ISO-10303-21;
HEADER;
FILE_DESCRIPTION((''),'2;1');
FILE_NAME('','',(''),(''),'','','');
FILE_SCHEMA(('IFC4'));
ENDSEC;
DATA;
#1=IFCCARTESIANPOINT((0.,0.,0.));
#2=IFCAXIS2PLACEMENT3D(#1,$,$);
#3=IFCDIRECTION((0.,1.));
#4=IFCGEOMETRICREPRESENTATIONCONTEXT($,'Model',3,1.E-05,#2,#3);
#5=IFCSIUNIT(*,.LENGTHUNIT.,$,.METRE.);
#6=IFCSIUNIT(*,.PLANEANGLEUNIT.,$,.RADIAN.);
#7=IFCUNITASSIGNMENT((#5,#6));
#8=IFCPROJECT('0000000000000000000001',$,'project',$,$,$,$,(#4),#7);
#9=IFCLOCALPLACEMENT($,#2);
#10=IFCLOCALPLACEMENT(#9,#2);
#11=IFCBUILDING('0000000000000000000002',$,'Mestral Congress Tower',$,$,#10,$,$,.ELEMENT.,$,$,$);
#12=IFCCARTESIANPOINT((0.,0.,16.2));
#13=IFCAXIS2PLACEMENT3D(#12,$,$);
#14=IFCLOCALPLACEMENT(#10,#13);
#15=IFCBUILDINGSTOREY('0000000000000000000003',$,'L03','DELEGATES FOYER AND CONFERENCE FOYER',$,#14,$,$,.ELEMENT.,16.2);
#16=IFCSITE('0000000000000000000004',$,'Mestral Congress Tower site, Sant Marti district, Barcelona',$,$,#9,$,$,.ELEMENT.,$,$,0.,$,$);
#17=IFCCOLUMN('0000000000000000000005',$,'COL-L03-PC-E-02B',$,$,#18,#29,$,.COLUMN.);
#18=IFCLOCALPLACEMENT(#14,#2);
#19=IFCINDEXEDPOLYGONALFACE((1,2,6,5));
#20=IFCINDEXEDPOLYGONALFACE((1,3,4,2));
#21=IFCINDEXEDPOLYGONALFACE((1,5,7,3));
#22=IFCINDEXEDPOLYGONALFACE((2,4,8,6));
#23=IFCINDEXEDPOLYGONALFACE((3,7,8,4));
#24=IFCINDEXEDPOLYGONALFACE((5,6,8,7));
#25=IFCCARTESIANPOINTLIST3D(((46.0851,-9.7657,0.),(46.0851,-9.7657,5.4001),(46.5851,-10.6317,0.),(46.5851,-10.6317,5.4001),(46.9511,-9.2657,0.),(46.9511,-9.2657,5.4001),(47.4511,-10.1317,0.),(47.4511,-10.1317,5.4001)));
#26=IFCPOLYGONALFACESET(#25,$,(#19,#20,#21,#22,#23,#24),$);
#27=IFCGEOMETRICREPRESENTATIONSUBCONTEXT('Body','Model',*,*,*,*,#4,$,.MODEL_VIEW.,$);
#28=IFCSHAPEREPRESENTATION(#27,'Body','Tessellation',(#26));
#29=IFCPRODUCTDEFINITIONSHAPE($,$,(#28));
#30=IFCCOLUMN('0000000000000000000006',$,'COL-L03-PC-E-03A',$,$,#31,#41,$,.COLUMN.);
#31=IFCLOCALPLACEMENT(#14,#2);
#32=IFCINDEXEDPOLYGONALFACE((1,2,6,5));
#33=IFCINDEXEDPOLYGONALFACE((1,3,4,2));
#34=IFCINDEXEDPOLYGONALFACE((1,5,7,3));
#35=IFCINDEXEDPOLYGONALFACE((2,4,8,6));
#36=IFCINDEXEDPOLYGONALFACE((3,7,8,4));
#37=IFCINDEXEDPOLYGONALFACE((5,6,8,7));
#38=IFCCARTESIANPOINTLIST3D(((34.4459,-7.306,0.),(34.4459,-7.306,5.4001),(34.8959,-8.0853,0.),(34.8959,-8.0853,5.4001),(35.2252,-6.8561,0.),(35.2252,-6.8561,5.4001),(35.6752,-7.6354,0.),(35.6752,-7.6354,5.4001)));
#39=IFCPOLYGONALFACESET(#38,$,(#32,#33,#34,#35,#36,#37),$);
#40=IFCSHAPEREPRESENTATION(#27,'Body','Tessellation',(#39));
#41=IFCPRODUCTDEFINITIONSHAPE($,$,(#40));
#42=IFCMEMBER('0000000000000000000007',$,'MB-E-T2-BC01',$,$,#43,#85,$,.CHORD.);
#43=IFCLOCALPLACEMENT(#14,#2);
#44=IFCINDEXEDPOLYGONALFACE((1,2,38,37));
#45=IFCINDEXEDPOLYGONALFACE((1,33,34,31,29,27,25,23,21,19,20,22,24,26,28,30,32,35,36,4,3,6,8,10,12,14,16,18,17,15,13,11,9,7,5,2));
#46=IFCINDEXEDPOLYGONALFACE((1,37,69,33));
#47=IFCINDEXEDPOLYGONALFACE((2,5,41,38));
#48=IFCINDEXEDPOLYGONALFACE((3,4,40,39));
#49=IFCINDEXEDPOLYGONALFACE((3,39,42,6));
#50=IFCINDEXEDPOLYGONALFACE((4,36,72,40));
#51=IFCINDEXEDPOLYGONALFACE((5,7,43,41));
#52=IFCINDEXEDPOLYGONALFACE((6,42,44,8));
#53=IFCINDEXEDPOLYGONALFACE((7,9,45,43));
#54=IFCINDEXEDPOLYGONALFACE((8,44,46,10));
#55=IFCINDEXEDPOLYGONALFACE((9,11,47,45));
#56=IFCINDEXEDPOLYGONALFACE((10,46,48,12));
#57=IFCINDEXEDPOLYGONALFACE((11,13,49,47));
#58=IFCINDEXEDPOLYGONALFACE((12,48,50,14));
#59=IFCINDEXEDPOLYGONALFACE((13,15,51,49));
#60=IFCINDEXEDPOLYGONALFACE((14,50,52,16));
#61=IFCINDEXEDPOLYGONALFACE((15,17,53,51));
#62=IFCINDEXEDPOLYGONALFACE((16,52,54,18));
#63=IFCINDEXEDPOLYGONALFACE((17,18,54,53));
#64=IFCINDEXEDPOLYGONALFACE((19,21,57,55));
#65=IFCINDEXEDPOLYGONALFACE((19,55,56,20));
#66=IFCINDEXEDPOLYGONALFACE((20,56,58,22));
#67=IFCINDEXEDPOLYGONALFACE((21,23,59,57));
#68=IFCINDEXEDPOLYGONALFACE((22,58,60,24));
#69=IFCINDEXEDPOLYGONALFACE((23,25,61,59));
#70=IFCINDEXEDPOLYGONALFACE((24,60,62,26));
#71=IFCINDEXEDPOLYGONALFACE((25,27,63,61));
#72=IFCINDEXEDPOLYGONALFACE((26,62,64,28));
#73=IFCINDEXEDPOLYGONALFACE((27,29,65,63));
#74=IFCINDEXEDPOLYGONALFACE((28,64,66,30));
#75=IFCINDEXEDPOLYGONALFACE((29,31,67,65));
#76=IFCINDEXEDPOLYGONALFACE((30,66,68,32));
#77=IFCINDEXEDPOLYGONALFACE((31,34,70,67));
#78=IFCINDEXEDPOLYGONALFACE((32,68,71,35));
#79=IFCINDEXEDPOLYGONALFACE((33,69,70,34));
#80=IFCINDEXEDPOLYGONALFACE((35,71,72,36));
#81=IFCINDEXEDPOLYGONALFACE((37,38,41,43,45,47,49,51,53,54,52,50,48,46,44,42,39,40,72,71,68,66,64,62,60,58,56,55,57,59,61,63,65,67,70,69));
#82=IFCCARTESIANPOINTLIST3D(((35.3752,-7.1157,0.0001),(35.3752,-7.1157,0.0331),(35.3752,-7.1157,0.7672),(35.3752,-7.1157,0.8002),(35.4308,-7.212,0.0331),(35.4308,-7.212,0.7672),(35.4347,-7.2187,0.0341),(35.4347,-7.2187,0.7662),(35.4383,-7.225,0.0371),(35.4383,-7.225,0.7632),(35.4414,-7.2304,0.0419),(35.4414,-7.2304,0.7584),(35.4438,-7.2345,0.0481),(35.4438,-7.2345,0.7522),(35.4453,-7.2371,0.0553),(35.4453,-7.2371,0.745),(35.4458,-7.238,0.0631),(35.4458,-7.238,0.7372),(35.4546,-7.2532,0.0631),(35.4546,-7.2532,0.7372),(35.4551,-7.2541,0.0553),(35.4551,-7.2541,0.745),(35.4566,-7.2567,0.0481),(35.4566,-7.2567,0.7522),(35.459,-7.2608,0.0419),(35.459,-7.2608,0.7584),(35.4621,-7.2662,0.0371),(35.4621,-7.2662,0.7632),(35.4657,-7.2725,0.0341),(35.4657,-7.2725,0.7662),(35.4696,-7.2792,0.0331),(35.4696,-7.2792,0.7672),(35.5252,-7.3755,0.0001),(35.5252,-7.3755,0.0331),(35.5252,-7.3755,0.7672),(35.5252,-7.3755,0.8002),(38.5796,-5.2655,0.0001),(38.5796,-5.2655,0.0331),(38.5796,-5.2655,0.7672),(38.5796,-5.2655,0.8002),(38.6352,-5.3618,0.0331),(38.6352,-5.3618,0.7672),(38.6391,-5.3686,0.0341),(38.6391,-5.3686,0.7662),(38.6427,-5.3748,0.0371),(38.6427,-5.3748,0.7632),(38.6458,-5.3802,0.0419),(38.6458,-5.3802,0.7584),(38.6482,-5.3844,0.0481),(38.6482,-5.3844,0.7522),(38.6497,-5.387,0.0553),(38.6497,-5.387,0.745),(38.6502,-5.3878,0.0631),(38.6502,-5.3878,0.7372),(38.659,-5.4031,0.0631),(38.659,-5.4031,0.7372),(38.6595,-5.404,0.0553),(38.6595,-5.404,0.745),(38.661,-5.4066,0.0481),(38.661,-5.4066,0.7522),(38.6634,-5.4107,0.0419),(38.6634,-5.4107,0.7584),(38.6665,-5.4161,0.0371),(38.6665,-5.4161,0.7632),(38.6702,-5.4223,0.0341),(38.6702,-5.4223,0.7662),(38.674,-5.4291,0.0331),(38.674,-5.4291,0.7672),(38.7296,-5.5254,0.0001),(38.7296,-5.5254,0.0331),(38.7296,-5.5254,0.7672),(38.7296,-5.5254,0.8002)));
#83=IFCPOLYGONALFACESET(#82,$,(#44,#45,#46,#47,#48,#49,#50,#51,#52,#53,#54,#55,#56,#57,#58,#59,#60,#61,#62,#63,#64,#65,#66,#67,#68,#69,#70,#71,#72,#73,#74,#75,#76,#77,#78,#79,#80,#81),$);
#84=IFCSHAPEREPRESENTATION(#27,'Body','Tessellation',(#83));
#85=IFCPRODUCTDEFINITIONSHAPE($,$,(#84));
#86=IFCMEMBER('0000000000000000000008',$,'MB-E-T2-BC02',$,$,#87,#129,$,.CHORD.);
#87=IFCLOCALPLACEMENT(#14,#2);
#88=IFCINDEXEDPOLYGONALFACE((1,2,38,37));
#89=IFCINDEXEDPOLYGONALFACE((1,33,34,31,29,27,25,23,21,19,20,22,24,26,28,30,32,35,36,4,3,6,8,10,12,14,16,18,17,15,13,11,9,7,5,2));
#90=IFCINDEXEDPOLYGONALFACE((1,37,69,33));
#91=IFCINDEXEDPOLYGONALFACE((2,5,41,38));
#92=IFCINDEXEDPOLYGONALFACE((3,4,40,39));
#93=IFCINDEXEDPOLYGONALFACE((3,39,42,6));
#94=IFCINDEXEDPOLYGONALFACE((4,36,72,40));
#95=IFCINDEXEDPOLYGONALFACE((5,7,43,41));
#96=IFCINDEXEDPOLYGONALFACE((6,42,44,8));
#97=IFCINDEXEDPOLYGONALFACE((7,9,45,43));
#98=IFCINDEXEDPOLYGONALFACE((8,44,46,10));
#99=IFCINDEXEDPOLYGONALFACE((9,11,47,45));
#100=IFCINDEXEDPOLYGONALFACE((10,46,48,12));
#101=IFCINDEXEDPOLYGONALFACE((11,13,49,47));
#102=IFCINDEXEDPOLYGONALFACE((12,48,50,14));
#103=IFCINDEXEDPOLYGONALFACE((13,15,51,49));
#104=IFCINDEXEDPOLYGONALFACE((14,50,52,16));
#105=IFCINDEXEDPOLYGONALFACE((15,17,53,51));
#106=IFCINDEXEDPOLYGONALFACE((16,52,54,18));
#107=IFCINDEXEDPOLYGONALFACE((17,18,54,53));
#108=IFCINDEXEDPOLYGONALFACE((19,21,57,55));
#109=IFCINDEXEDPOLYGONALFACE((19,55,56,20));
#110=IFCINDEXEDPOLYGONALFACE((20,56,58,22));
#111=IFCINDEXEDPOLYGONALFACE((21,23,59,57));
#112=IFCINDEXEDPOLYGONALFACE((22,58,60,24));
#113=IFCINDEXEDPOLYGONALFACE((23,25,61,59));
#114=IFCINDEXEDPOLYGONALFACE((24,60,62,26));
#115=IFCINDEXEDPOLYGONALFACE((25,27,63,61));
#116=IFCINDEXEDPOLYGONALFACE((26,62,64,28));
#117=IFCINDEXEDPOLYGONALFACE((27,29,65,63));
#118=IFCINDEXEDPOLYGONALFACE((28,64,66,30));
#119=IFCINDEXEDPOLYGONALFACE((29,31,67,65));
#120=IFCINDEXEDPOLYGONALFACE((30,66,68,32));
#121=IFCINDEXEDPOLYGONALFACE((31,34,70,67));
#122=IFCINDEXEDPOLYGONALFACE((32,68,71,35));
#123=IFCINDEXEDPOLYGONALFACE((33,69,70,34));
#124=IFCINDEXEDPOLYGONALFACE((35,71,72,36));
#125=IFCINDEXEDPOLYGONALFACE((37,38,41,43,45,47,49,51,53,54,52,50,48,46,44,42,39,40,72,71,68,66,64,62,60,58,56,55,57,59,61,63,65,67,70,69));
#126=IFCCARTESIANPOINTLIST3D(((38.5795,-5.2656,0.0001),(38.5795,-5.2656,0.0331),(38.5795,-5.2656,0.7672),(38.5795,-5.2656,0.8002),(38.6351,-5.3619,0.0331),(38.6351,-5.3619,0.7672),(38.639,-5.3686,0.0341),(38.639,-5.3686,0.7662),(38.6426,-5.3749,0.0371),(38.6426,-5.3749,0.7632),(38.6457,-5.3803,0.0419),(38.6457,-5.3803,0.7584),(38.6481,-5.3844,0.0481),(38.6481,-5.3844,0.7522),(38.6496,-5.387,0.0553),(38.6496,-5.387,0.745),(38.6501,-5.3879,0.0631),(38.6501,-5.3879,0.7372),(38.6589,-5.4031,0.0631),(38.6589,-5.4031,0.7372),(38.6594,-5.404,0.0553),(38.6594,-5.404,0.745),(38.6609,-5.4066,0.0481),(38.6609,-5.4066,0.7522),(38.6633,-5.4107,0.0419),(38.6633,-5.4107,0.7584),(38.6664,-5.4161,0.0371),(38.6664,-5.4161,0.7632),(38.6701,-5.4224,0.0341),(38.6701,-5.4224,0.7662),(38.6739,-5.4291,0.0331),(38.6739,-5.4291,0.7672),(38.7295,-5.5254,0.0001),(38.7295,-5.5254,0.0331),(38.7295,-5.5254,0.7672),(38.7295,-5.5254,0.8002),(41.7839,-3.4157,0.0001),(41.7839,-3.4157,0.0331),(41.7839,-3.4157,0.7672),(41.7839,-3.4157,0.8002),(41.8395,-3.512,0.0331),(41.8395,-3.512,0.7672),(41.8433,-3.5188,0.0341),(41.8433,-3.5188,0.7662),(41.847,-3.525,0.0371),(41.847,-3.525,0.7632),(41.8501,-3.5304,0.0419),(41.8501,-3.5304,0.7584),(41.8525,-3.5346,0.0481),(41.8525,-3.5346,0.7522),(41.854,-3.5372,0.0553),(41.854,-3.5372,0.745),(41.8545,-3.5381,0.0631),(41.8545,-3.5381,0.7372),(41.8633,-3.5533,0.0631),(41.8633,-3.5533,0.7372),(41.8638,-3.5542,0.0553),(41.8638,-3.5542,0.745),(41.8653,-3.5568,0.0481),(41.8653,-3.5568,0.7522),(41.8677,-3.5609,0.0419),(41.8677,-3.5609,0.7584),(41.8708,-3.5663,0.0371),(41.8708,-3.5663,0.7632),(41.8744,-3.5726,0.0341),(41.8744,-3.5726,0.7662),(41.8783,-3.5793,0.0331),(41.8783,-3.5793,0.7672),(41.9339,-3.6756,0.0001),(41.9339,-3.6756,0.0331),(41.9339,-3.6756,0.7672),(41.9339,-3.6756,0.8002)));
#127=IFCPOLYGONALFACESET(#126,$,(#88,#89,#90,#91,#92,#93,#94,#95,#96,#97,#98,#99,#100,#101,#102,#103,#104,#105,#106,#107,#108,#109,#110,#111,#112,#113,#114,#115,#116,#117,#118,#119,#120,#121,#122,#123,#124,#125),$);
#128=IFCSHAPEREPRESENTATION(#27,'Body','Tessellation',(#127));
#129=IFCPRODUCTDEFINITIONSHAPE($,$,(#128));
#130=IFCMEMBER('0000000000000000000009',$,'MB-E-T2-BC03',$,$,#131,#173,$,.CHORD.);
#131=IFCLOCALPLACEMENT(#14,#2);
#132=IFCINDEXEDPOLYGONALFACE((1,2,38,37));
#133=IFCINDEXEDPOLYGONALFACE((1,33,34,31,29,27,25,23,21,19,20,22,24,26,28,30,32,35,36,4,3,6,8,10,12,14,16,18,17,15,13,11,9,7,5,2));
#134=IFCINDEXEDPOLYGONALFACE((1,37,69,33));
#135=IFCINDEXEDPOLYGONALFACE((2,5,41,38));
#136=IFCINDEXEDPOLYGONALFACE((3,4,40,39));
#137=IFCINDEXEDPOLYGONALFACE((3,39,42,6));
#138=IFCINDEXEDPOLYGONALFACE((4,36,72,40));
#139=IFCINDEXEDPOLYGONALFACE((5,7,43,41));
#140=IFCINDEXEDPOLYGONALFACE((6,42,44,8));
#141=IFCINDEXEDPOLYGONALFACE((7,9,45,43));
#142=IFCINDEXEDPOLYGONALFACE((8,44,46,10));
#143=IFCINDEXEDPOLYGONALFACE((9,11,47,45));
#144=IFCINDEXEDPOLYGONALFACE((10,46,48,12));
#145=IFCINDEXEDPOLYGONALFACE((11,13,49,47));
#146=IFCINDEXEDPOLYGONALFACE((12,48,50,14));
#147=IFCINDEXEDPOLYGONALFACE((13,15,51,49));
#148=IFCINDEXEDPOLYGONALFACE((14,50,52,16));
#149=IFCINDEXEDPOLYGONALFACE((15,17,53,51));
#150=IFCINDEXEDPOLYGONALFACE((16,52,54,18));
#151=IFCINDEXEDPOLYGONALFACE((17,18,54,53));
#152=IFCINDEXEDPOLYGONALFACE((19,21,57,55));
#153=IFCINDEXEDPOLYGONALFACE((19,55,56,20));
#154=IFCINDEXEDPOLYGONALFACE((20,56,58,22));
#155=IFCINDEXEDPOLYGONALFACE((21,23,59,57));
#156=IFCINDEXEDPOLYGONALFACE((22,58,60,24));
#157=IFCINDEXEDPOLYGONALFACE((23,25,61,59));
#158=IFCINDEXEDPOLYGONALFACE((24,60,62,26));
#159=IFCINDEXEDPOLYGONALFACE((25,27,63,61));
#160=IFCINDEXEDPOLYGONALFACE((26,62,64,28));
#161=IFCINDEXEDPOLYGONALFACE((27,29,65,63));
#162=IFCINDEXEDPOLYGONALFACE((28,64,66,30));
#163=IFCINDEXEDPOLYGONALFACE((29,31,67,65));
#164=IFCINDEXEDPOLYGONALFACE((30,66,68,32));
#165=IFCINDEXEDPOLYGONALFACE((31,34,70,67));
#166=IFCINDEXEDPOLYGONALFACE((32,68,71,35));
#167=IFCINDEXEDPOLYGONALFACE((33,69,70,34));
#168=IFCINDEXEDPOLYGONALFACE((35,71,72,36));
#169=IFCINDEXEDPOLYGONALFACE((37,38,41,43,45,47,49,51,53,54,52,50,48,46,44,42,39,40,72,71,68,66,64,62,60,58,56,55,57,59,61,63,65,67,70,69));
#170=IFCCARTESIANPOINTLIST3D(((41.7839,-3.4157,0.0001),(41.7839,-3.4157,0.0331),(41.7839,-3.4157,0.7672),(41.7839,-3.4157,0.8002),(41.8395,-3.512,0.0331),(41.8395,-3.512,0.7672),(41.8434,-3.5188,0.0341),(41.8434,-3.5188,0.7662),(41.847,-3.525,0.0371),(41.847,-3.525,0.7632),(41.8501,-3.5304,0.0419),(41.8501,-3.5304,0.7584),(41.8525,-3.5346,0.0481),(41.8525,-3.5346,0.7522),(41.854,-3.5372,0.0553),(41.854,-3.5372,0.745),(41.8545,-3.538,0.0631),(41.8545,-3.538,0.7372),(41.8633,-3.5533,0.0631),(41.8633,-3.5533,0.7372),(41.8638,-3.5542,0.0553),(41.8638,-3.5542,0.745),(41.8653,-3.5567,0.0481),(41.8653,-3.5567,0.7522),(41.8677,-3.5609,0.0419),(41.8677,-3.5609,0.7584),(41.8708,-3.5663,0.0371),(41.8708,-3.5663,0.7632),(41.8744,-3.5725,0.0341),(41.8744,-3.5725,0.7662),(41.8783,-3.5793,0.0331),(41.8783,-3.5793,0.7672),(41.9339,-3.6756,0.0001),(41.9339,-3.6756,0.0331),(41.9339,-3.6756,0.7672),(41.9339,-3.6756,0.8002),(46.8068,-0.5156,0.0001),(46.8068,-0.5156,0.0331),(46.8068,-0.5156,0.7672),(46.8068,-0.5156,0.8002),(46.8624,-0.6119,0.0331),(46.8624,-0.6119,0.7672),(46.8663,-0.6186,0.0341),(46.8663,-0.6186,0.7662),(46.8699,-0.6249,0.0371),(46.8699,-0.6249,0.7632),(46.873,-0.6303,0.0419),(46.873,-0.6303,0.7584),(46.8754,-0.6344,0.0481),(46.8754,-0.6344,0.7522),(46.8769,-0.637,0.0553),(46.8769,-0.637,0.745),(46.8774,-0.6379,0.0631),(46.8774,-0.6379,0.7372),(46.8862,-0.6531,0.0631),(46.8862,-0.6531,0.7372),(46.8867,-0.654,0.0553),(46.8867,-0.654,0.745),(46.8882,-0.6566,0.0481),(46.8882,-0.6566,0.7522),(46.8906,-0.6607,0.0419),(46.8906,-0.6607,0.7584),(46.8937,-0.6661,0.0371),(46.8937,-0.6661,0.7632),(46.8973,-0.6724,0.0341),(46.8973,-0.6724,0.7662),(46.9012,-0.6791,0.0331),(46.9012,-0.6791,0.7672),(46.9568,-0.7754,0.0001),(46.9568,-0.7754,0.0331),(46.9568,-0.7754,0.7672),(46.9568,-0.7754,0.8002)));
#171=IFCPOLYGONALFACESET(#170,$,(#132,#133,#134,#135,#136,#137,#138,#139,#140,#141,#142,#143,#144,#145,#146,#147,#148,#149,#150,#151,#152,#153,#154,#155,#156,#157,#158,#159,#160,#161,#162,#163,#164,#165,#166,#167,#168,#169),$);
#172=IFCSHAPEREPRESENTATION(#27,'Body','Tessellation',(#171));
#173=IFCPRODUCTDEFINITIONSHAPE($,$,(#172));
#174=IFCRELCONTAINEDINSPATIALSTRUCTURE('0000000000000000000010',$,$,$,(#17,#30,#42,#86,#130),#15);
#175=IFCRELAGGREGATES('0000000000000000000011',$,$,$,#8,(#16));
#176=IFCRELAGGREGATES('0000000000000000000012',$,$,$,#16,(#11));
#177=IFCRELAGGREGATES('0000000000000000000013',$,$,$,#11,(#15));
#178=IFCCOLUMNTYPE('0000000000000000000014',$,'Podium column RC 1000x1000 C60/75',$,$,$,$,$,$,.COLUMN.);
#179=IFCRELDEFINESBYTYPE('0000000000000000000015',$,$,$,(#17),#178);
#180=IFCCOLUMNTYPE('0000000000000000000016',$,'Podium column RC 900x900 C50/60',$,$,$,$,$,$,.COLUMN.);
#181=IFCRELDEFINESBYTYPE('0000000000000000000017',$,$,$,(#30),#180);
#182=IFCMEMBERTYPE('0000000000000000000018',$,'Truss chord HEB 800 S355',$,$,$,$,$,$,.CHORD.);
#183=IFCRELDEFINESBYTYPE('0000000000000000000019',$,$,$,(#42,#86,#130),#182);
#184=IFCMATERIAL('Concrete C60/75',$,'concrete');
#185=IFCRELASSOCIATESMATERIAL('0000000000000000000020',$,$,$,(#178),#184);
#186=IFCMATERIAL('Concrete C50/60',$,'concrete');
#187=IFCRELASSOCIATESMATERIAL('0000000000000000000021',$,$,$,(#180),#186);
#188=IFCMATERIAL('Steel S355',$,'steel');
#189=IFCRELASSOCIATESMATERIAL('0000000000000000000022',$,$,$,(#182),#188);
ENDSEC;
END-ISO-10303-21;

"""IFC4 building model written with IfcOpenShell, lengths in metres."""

from ifc_helpers import new_model, si_unit, direction, frame, origin, origin_2d, place, context, subcontext, project, spatial, rectangle, i_section, extrude, material, material_profile, profile_set, type_object, element, save


model = new_model("IFC4")

# Units and contexts
model_context = context("Model", 3, precision=1e-05, world=origin(), true_north=direction((0.0, 1.0)))
body_context = subcontext(model_context, "Body", "Model", "MODEL_VIEW")
ifc_project = project(units=[si_unit("LENGTHUNIT", "METRE"), si_unit("PLANEANGLEUNIT", "RADIAN")], contexts=[model_context])

# Site, building, storey
site_placement = place(None, origin())
site = spatial("IfcSite", under=ifc_project, at=site_placement, Name="Mestral Congress Tower site, Sant Marti district, Barcelona", CompositionType="ELEMENT", RefElevation=0.0)
building_placement = place(site_placement, origin())
building = spatial("IfcBuilding", under=site, at=building_placement, Name="Mestral Congress Tower", CompositionType="ELEMENT")
storey_placement = place(building_placement, frame((0.0, 0.0, 16.2)))
storey = spatial("IfcBuildingStorey", under=building, at=storey_placement, Name="L03", Description="DELEGATES FOYER AND CONFERENCE FOYER", CompositionType="ELEMENT", Elevation=16.2)

# Columns
ifc_material_1 = material(Name="Concrete C60/75", Category="concrete")
ifc_material_profile_1 = material_profile(ifc_material_1, rectangle(XDim=1.0, YDim=1.0, at=origin_2d()), Name="RC 1000x1000")
ifc_profile_set_1 = profile_set([ifc_material_profile_1], Name="Concrete C60/75")
column_type_1 = type_object("IfcColumnType", Name="Podium column RC 1000x1000 C60/75", PredefinedType="COLUMN", material=ifc_profile_set_1)
column_1_placement = place(storey_placement, frame((46.7681, -9.9487, 0.0), z_axis=(0.0, 0.0, 1.0), x_axis=(-0.5, 0.866025, 0.0)))
element("IfcColumn", 1, at=column_1_placement, inside=storey, type_object=column_type_1, Name="COL-L03-PC-E-02B", PredefinedType="COLUMN", context=body_context, shape_type="SweptSolid", body=[
    extrude(rectangle(XDim=1.0, YDim=1.0, at=origin_2d()), origin(), (0.0, 0.0, 1.0), 5.4001),
])
ifc_material_2 = material(Name="Concrete C50/60", Category="concrete")
ifc_material_profile_2 = material_profile(ifc_material_2, rectangle(XDim=0.8999, YDim=0.8999, at=origin_2d()), Name="RC 900x900")
ifc_profile_set_2 = profile_set([ifc_material_profile_2], Name="Concrete C50/60")
column_type_2 = type_object("IfcColumnType", Name="Podium column RC 900x900 C50/60", PredefinedType="COLUMN", material=ifc_profile_set_2)
column_2_placement = place(storey_placement, frame((35.0605, -7.4707, 0.0), z_axis=(0.0, 0.0, 1.0), x_axis=(-0.5, 0.866025, 0.0)))
element("IfcColumn", 2, at=column_2_placement, inside=storey, type_object=column_type_2, Name="COL-L03-PC-E-03A", PredefinedType="COLUMN", context=body_context, shape_type="SweptSolid", body=[
    extrude(rectangle(XDim=0.8999, YDim=0.8999, at=origin_2d()), origin(), (0.0, 0.0, 1.0), 5.4001),
])

# Members
ifc_material_3 = material(Name="Steel S355", Category="steel")
ifc_material_profile_3 = material_profile(ifc_material_3, i_section(OverallWidth=0.3, OverallDepth=0.8, WebThickness=0.0176, FlangeThickness=0.033, FilletRadius=0.03, at=origin_2d()), Name="HEB 800")
ifc_profile_set_3 = profile_set([ifc_material_profile_3], Name="Steel S355")
member_type_1 = type_object("IfcMemberType", Name="Truss chord HEB 800 S355", PredefinedType="CHORD", material=ifc_profile_set_3)
member_1_placement = place(storey_placement, frame((35.4502, -7.2456, 0.4001), z_axis=(0.866017, 0.500014, 0.0), x_axis=(-0.500014, 0.866017, 0.0)))
element("IfcMember", 3, at=member_1_placement, inside=storey, type_object=member_type_1, Name="MB-E-T2-BC01", PredefinedType="CHORD", context=body_context, shape_type="SweptSolid", body=[
    extrude(i_section(OverallWidth=0.3, OverallDepth=0.8, WebThickness=0.0176, FlangeThickness=0.033, FilletRadius=0.03, at=origin_2d()), origin(), (0.0, 0.0, 1.0), 3.7002),
])
member_2_placement = place(storey_placement, frame((38.6545, -5.3955, 0.4001), z_axis=(0.866046, 0.499964, 0.0), x_axis=(-0.499964, 0.866046, 0.0)))
element("IfcMember", 4, at=member_2_placement, inside=storey, type_object=member_type_1, Name="MB-E-T2-BC02", PredefinedType="CHORD", context=body_context, shape_type="SweptSolid", body=[
    extrude(i_section(OverallWidth=0.3, OverallDepth=0.8, WebThickness=0.0176, FlangeThickness=0.033, FilletRadius=0.03, at=origin_2d()), origin(), (0.0, 0.0, 1.0), 3.7),
])
member_3_placement = place(storey_placement, frame((41.8589, -3.5457, 0.4001), z_axis=(0.866015, 0.500019, 0.0), x_axis=(-0.500019, 0.866015, 0.0)))
element("IfcMember", 5, at=member_3_placement, inside=storey, type_object=member_type_1, Name="MB-E-T2-BC03", PredefinedType="CHORD", context=body_context, shape_type="SweptSolid", body=[
    extrude(i_section(OverallWidth=0.3, OverallDepth=0.8, WebThickness=0.0176, FlangeThickness=0.033, FilletRadius=0.03, at=origin_2d()), origin(), (0.0, 0.0, 1.0), 5.8),
])

save(model, "model.ifc")
